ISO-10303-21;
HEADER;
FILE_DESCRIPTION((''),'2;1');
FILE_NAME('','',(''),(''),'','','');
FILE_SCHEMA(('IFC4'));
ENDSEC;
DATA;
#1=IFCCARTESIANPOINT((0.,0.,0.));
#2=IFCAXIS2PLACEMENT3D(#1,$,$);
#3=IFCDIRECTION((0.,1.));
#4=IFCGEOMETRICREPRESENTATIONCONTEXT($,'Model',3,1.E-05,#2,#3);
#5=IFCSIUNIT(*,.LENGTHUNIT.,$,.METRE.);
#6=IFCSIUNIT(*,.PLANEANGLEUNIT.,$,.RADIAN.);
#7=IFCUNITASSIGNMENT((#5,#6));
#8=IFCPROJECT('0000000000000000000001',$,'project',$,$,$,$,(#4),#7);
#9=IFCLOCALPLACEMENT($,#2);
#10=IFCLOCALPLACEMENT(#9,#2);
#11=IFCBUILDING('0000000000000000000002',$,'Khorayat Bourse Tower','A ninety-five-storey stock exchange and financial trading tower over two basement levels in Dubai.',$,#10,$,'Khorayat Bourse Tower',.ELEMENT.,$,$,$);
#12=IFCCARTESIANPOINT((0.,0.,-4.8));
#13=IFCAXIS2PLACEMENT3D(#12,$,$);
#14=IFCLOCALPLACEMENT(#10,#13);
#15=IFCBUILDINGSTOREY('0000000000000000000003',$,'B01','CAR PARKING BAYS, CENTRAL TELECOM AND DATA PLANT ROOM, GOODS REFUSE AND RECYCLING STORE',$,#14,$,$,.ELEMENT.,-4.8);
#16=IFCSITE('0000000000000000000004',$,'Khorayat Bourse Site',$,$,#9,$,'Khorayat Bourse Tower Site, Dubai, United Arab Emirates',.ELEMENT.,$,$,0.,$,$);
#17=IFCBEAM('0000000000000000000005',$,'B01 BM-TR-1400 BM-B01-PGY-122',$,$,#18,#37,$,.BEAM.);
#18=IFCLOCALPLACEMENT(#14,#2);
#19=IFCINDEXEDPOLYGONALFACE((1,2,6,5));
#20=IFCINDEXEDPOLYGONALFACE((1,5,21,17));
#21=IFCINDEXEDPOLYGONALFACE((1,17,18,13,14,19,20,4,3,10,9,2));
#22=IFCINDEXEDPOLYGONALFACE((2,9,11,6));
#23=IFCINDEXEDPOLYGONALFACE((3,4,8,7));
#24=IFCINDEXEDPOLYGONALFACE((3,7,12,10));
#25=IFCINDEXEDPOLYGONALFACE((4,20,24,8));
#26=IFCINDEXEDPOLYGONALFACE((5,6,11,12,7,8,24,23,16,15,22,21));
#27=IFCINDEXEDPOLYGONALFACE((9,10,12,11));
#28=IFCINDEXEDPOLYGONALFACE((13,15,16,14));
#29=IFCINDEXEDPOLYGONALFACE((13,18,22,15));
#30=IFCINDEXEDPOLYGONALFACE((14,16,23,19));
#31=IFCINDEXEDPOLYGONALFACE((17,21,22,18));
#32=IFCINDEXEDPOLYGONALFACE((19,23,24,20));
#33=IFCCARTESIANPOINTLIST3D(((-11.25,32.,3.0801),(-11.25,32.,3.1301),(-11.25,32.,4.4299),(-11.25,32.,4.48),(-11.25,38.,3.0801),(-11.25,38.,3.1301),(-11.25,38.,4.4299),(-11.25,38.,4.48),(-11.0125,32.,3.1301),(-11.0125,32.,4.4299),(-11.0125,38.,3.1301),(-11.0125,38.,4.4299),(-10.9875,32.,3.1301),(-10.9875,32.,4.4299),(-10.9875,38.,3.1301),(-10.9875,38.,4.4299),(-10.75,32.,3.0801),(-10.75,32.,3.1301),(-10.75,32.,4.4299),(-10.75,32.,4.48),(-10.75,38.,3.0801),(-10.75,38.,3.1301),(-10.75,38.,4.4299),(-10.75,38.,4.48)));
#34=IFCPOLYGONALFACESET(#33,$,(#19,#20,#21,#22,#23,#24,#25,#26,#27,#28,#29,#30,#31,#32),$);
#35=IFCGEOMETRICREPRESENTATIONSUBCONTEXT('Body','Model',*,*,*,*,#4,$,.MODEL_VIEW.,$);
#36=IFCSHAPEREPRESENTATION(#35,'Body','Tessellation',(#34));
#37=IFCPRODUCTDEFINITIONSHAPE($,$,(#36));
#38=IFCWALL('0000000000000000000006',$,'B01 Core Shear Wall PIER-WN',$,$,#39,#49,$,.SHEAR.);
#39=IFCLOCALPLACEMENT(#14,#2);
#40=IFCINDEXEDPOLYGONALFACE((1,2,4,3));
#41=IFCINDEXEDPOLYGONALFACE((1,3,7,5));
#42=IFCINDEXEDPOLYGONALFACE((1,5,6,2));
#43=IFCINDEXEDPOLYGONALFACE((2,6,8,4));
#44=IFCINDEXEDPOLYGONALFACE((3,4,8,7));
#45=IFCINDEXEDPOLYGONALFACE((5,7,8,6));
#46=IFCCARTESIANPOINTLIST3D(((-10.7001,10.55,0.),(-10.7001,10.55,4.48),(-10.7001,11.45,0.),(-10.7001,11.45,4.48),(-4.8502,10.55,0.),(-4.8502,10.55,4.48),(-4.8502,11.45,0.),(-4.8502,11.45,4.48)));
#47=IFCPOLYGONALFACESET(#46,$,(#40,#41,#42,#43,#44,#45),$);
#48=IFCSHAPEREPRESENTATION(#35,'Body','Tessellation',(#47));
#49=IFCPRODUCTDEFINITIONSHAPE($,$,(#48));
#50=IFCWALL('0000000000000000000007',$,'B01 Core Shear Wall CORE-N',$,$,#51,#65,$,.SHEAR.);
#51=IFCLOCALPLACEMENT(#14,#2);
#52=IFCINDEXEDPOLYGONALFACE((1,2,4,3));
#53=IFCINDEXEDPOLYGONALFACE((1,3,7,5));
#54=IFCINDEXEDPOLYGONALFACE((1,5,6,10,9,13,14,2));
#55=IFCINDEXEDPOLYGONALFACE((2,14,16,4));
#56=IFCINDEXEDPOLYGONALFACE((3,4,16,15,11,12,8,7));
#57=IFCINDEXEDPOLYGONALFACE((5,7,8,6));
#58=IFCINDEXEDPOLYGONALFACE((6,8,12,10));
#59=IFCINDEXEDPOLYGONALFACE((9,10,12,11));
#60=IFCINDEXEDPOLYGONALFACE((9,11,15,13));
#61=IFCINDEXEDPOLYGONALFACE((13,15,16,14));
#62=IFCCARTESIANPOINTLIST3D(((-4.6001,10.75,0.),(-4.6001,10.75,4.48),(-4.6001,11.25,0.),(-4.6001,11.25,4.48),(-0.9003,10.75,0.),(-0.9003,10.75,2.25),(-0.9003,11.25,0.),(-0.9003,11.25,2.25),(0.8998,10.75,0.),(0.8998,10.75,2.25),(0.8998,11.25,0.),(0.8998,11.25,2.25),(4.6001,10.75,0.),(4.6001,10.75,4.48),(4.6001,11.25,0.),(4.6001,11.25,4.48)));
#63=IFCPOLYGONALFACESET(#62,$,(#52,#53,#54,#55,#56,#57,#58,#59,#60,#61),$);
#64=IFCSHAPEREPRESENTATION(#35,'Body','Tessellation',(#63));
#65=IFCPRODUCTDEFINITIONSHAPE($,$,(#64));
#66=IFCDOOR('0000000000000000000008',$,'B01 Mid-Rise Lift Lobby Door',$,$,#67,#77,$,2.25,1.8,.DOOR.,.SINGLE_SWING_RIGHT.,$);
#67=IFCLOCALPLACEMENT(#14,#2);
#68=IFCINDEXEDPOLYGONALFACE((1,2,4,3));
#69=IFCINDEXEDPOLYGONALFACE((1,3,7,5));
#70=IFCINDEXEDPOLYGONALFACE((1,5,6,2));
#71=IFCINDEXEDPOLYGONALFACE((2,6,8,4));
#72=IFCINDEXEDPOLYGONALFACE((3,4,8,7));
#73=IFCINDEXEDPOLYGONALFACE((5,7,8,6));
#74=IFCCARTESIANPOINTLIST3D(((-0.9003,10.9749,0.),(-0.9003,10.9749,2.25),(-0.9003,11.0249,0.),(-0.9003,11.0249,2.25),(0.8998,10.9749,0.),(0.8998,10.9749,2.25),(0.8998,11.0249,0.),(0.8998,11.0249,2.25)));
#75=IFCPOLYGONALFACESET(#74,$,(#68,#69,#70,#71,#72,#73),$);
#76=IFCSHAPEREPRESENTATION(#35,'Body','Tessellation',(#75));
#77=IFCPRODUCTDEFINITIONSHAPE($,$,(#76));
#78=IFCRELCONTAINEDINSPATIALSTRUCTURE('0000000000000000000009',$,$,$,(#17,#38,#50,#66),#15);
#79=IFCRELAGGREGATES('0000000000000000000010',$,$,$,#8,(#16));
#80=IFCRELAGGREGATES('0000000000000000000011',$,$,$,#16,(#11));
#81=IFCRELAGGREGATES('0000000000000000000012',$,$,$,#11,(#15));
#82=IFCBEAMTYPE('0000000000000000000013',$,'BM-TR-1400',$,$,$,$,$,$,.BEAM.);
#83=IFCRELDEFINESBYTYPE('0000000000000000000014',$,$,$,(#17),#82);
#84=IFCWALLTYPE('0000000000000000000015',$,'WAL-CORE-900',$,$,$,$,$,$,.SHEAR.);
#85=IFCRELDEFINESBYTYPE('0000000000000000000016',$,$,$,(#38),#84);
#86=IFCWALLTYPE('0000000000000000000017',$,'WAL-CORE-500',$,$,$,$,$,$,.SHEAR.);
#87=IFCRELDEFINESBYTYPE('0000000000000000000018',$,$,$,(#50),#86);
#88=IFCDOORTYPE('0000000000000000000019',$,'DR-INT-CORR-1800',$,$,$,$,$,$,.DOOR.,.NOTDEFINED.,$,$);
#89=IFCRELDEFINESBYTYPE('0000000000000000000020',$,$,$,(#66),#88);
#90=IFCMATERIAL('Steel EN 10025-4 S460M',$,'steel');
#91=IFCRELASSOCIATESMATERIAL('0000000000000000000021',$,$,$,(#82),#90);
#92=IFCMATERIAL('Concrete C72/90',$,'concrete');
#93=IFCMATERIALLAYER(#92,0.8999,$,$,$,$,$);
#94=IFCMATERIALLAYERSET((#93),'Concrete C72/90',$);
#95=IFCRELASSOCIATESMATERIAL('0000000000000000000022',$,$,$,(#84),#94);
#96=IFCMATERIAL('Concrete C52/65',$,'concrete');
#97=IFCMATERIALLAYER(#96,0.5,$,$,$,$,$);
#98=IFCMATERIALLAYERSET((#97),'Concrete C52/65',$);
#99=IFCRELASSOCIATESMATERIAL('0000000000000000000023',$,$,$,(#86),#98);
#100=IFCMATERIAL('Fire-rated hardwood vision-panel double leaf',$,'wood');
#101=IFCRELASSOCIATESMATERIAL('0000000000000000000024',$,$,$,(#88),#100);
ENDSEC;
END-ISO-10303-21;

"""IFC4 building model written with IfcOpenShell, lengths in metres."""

from ifc_helpers import new_model, si_unit, direction, frame, frame_2d, origin, origin_2d, place, context, subcontext, project, spatial, rectangle, i_section, extrude, source, transform, mapped, material, layer, layer_set, material_profile, profile_set, type_object, element, fill, save


model = new_model("IFC4")

# Units and contexts
model_context = context("Model", 3, precision=1e-05, world=origin(), true_north=direction((0.0, 1.0)))
body_context = subcontext(model_context, "Body", "Model", "MODEL_VIEW")
ifc_project = project(units=[si_unit("LENGTHUNIT", "METRE"), si_unit("PLANEANGLEUNIT", "RADIAN")], contexts=[model_context])

# Site, building, storey
site_placement = place(None, origin())
site = spatial("IfcSite", under=ifc_project, at=site_placement, Name="Khorayat Bourse Site", LongName="Khorayat Bourse Tower Site, Dubai, United Arab Emirates", CompositionType="ELEMENT", RefElevation=0.0)
building_placement = place(site_placement, origin())
building = spatial("IfcBuilding", under=site, at=building_placement, Name="Khorayat Bourse Tower", Description="A ninety-five-storey stock exchange and financial trading tower over two basement levels in Dubai.", LongName="Khorayat Bourse Tower", CompositionType="ELEMENT")
storey_placement = place(building_placement, frame((0.0, 0.0, -4.8)))
storey = spatial("IfcBuildingStorey", under=building, at=storey_placement, Name="B01", Description="CAR PARKING BAYS, CENTRAL TELECOM AND DATA PLANT ROOM, GOODS REFUSE AND RECYCLING STORE", CompositionType="ELEMENT", Elevation=-4.8)

# Shared definitions
ifc_material_1 = material(Name="Concrete C72/90", Category="concrete")

# Beam
ifc_material_2 = material(Name="Steel EN 10025-4 S460M", Category="steel")
ifc_material_profile_1 = material_profile(ifc_material_2, i_section(OverallWidth=0.5, OverallDepth=1.3999, WebThickness=0.0249, FlangeThickness=0.05, at=origin_2d()), Name="PG 1400x500x25x50")
ifc_profile_set_1 = profile_set([ifc_material_profile_1], Name="Steel EN 10025-4 S460M")
beam_type_1 = type_object("IfcBeamType", Name="BM-TR-1400", PredefinedType="BEAM", material=ifc_profile_set_1)
shared_shape_1 = source(origin(), body_context, "Body", "SweptSolid", [
    extrude(i_section(OverallWidth=0.5, OverallDepth=1.3999, WebThickness=0.0249, FlangeThickness=0.05, at=origin_2d()), origin(), (0.0, 0.0, 1.0), 6.0),
])
for number, where, z_axis, x_axis, name in (
    (1, (-11.0, 32.0, 3.78), (0.0, 1.0, 0.0), (-1.0, 0.0, 0.0), "B01 BM-TR-1400 BM-B01-PGY-122"),
):
    element("IfcBeam", number, at=place(storey_placement, frame(where, z_axis=z_axis, x_axis=x_axis)), inside=storey, type_object=beam_type_1, Name=name, PredefinedType="BEAM", context=body_context, shape_type="MappedRepresentation", body=[
        mapped(shared_shape_1, transform((0.0, 0.0, 0.0), scale=1.0)),
    ])

# Wall
ifc_layer_1 = layer(ifc_material_1, 0.8999)
ifc_layer_set_1 = layer_set([ifc_layer_1], Name="Concrete C72/90")
wall_type_1 = type_object("IfcWallType", Name="WAL-CORE-900", PredefinedType="SHEAR", material=ifc_layer_set_1)
shared_shape_2 = source(origin(), body_context, "Body", "SweptSolid", [
    extrude(rectangle(XDim=5.8499, YDim=0.8999, at=frame_2d((2.9248, 0.0))), origin(), (0.0, 0.0, 1.0), 4.48),
])
wall_1_placement = place(storey_placement, frame((-10.7, 11.0, 0.0), z_axis=(0.0, 0.0, 1.0), x_axis=(1.0, 0.0, 0.0)))
element("IfcWall", 2, at=wall_1_placement, inside=storey, type_object=wall_type_1, Name="B01 Core Shear Wall PIER-WN", PredefinedType="SHEAR", context=body_context, shape_type="MappedRepresentation", body=[
    mapped(shared_shape_2, transform((0.0, 0.0, 0.0), scale=1.0)),
])

# Wall, opening, door
ifc_material_3 = material(Name="Concrete C52/65", Category="concrete")
ifc_layer_2 = layer(ifc_material_3, 0.5)
ifc_layer_set_2 = layer_set([ifc_layer_2], Name="Concrete C52/65")
wall_type_2 = type_object("IfcWallType", Name="WAL-CORE-500", PredefinedType="SHEAR", material=ifc_layer_set_2)
shared_shape_3 = source(origin(), body_context, "Body", "SweptSolid", [
    extrude(rectangle(XDim=9.2002, YDim=0.5, at=frame_2d((4.6001, 0.0))), origin(), (0.0, 0.0, 1.0), 4.48),
])
wall_2_placement = place(storey_placement, frame((-4.6001, 11.0, 0.0), z_axis=(0.0, 0.0, 1.0), x_axis=(1.0, 0.0, 0.0)))
wall_2 = element("IfcWall", 3, at=wall_2_placement, inside=storey, type_object=wall_type_2, Name="B01 Core Shear Wall CORE-N", PredefinedType="SHEAR", context=body_context, shape_type="MappedRepresentation", body=[
    mapped(shared_shape_3, transform((0.0, 0.0, 0.0), scale=1.0)),
])
shared_shape_4 = source(origin(), body_context, "Body", "SweptSolid", [
    extrude(rectangle(XDim=1.8, YDim=2.25, at=frame_2d((0.8999, 1.125))), frame((0.0, 0.26, 0.0), z_axis=(0.0, -1.0, 0.0), x_axis=(1.0, 0.0, 0.0)), (0.0, 0.0, 1.0), 0.52),
])
opening_placement = place(wall_2_placement, frame((3.7, 0.0, 0.0)))
opening = element("IfcOpeningElement", 4, at=opening_placement, cuts=wall_2, PredefinedType="OPENING", context=body_context, shape_type="MappedRepresentation", body=[
    mapped(shared_shape_4, transform((0.0, 0.0, 0.0), scale=1.0)),
])
ifc_material_4 = material(Name="Fire-rated hardwood vision-panel double leaf", Category="wood")
door_type = type_object("IfcDoorType", Name="DR-INT-CORR-1800", OperationType="NOTDEFINED", PredefinedType="DOOR", material=ifc_material_4)
shared_shape_5 = source(origin(), body_context, "Body", "SweptSolid", [
    extrude(rectangle(XDim=1.8, YDim=2.25, at=frame_2d((0.8999, 1.125))), frame((0.0, 0.0249, 0.0), z_axis=(0.0, -1.0, 0.0), x_axis=(1.0, 0.0, 0.0)), (0.0, 0.0, 1.0), 0.05),
])
door_placement = place(opening_placement, origin())
door = element("IfcDoor", 5, at=door_placement, inside=storey, type_object=door_type, Name="B01 Mid-Rise Lift Lobby Door", OperationType="SINGLE_SWING_RIGHT", OverallHeight=2.25, OverallWidth=1.8, PredefinedType="DOOR", context=body_context, shape_type="MappedRepresentation", body=[
    mapped(shared_shape_5, transform((0.0, 0.0, 0.0), scale=1.0)),
])
fill(opening, door)

save(model, "model.ifc")
